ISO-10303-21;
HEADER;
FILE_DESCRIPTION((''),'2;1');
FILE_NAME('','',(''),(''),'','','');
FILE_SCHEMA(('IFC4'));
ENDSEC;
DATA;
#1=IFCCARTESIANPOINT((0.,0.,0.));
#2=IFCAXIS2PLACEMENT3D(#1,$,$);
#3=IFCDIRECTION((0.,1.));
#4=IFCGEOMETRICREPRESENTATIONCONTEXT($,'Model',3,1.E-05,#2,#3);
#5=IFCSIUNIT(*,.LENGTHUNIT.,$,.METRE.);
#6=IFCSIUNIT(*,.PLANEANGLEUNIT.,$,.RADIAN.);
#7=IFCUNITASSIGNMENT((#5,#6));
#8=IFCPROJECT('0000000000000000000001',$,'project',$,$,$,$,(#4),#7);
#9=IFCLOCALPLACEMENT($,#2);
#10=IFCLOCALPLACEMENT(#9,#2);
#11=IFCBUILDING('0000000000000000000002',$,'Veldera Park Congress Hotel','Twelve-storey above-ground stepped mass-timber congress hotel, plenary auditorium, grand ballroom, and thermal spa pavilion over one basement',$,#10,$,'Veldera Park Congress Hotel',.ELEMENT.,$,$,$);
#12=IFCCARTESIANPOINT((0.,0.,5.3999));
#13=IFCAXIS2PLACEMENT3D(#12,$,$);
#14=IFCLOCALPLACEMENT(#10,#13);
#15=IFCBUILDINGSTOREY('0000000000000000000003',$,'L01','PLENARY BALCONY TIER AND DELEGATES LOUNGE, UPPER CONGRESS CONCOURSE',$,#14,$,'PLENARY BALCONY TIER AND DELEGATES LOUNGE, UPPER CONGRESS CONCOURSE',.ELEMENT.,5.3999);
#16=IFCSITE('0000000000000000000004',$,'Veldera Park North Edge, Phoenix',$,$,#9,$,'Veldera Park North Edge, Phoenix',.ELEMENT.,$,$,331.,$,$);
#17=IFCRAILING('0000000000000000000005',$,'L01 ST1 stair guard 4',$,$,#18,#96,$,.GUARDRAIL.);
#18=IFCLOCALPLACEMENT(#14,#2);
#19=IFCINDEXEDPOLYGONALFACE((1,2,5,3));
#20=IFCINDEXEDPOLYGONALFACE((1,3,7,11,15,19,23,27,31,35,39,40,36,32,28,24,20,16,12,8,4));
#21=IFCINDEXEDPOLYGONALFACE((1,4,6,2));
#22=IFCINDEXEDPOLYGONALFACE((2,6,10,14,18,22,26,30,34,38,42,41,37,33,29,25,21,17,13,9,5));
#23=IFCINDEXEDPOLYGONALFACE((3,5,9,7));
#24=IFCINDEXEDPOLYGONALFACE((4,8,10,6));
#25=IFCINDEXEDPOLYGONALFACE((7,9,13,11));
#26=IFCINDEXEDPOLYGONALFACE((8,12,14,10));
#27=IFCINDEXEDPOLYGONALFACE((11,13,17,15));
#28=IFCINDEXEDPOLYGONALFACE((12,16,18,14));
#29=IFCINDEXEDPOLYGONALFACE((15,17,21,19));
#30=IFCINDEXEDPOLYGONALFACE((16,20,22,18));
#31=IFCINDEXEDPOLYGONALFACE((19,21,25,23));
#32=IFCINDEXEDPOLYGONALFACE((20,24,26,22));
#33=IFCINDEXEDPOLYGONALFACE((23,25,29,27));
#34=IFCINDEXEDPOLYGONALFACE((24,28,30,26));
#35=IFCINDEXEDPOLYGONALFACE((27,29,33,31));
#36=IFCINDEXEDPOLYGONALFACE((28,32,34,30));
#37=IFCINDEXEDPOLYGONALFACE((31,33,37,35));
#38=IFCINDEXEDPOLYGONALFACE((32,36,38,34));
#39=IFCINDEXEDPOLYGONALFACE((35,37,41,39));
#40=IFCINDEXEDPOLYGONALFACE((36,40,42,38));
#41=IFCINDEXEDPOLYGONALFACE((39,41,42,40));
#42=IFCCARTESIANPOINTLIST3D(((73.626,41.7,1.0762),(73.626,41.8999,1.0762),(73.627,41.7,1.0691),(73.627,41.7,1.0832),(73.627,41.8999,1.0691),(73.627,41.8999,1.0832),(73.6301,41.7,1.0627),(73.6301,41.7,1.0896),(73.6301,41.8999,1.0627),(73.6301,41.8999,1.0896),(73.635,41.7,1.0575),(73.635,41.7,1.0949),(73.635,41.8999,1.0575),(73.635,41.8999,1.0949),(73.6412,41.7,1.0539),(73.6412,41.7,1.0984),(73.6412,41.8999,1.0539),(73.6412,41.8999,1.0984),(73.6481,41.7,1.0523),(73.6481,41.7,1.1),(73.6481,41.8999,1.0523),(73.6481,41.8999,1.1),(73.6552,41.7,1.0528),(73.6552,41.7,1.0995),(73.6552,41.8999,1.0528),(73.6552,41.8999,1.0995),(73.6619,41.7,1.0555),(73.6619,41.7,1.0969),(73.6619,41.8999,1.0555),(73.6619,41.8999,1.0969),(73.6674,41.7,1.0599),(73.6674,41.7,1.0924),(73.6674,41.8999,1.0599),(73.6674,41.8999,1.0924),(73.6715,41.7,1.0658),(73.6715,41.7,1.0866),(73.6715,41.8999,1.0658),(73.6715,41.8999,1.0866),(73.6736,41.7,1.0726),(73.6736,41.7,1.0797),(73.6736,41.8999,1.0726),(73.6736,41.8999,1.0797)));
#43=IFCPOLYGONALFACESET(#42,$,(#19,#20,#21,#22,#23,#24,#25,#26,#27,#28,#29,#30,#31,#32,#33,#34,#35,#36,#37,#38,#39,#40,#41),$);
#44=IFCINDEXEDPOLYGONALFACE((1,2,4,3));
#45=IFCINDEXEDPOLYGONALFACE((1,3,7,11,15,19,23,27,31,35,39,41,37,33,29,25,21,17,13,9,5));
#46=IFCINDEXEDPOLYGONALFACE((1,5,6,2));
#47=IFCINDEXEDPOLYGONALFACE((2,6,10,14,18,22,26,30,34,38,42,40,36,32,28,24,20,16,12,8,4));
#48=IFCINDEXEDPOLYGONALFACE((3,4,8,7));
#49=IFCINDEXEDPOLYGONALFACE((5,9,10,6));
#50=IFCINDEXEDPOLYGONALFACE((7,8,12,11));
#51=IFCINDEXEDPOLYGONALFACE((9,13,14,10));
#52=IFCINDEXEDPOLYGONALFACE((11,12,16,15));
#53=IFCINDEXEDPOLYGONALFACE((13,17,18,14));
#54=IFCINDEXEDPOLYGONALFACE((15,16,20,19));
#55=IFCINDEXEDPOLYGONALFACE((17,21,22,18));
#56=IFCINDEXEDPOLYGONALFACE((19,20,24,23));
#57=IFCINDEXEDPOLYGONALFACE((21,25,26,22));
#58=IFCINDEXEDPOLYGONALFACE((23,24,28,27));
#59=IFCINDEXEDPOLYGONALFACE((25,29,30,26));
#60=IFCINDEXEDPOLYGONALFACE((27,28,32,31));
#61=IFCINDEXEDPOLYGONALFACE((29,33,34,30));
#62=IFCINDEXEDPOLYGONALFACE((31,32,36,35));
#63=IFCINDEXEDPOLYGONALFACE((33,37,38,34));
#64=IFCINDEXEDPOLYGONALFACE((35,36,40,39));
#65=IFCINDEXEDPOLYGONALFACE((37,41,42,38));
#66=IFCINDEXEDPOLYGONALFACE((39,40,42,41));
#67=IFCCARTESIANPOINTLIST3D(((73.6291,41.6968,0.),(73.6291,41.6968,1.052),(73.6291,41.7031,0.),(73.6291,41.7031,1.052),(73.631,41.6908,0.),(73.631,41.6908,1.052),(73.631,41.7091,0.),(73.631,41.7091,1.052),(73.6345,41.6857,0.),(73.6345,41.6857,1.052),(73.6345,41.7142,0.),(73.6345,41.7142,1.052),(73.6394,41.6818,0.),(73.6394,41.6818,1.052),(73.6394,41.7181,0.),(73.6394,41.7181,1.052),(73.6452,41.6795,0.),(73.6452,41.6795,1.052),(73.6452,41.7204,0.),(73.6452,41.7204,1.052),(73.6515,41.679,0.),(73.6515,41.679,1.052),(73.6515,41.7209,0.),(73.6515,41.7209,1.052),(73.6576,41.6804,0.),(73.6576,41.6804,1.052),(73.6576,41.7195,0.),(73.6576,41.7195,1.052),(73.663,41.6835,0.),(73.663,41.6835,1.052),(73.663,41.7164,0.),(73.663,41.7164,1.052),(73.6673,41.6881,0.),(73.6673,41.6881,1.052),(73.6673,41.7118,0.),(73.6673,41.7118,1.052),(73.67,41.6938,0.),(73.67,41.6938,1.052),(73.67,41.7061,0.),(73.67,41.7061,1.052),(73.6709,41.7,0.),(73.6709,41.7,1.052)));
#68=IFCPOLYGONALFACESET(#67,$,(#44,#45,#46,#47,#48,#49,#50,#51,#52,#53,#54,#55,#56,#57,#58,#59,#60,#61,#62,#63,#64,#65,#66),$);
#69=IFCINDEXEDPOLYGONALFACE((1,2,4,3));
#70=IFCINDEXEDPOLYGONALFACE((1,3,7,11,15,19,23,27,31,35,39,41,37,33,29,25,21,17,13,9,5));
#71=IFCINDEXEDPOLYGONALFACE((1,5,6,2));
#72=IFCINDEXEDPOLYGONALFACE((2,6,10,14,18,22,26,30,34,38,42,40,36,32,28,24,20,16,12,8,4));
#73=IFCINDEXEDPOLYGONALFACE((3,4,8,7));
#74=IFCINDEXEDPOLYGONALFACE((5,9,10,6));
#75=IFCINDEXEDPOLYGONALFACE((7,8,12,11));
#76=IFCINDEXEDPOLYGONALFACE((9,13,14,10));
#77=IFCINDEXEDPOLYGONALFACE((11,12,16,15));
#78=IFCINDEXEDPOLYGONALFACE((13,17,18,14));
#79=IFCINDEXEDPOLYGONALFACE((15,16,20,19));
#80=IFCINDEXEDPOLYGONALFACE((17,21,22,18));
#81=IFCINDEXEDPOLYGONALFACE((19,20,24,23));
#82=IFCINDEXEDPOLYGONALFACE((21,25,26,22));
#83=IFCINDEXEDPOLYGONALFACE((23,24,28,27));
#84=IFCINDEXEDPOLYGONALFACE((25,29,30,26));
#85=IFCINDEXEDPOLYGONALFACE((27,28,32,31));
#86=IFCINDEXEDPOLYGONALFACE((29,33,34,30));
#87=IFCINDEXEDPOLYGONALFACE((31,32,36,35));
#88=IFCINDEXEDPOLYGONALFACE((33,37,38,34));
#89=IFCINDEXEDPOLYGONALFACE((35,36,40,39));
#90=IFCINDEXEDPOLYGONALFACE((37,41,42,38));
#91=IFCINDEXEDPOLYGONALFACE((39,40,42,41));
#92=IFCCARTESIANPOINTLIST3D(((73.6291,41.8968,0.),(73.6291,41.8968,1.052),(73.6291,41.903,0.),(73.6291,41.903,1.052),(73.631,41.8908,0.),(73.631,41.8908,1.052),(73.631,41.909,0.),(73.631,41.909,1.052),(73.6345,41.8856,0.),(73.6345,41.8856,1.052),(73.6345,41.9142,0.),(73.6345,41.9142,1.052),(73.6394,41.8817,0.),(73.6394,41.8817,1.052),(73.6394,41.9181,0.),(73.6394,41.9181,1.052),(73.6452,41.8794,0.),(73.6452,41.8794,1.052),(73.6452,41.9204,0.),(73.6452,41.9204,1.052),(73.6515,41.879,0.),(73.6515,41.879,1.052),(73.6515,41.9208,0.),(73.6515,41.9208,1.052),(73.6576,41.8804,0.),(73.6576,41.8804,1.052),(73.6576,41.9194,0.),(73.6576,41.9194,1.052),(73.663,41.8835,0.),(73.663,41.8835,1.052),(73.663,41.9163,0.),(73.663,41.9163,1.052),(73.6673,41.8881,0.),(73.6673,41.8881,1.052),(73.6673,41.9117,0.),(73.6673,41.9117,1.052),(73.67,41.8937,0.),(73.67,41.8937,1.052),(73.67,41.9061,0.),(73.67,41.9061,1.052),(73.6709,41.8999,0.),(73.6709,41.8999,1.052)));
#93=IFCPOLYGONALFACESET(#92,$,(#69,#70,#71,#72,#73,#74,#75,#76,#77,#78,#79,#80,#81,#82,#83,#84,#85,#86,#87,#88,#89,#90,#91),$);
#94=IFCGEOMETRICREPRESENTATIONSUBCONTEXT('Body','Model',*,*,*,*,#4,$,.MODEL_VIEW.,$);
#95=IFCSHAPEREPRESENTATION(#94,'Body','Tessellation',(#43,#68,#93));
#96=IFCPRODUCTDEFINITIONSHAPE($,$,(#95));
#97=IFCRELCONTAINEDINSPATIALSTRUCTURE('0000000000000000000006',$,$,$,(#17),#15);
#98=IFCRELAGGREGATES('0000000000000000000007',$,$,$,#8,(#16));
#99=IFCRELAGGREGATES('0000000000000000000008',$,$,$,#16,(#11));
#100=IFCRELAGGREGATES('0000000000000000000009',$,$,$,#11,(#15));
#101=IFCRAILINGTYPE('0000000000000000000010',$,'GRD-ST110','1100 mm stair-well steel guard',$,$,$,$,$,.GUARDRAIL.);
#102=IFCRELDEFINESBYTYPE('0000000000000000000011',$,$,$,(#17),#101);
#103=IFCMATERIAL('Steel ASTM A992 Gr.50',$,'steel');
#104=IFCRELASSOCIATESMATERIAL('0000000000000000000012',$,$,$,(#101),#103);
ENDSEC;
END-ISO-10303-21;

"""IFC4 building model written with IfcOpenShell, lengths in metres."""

from ifc_helpers import new_model, si_unit, direction, frame, origin, origin_2d, place, context, subcontext, project, spatial, circle, extrude, material, type_object, element, save


model = new_model("IFC4")

# Units and contexts
model_context = context("Model", 3, precision=1e-05, world=origin(), true_north=direction((0.0, 1.0)))
body_context = subcontext(model_context, "Body", "Model", "MODEL_VIEW")
ifc_project = project(units=[si_unit("LENGTHUNIT", "METRE"), si_unit("PLANEANGLEUNIT", "RADIAN")], contexts=[model_context])

# Site, building, storey
site_placement = place(None, origin())
site = spatial("IfcSite", under=ifc_project, at=site_placement, Name="Veldera Park North Edge, Phoenix", LongName="Veldera Park North Edge, Phoenix", CompositionType="ELEMENT", RefElevation=331.0)
building_placement = place(site_placement, origin())
building = spatial("IfcBuilding", under=site, at=building_placement, Name="Veldera Park Congress Hotel", Description="Twelve-storey above-ground stepped mass-timber congress hotel, plenary auditorium, grand ballroom, and thermal spa pavilion over one basement", LongName="Veldera Park Congress Hotel", CompositionType="ELEMENT")
storey_placement = place(building_placement, frame((0.0, 0.0, 5.3999)))
storey = spatial("IfcBuildingStorey", under=building, at=storey_placement, Name="L01", Description="PLENARY BALCONY TIER AND DELEGATES LOUNGE, UPPER CONGRESS CONCOURSE", LongName="PLENARY BALCONY TIER AND DELEGATES LOUNGE, UPPER CONGRESS CONCOURSE", CompositionType="ELEMENT", Elevation=5.3999)

# Railing
ifc_material_1 = material(Name="Steel ASTM A992 Gr.50", Category="steel")
railing_type_1 = type_object("IfcRailingType", Name="GRD-ST110", Description="1100 mm stair-well steel guard", PredefinedType="GUARDRAIL", material=ifc_material_1)
railing_1_placement = place(storey_placement, frame((73.6499, 41.7, 0.0)))
element("IfcRailing", 1, at=railing_1_placement, inside=storey, type_object=railing_type_1, Name="L01 ST1 stair guard 4", PredefinedType="GUARDRAIL", context=body_context, shape_type="SweptSolid", body=[
    extrude(circle(Radius=0.0239, at=origin_2d()), frame((0.0, 0.0, 1.0762), z_axis=(0.0, 1.0, 0.0), x_axis=(-1.0, 0.0, 0.0)), (0.0, 0.0, 1.0), 0.2),
    extrude(circle(Radius=0.021, at=origin_2d()), origin(), (0.0, 0.0, 1.0), 1.052),
    extrude(circle(Radius=0.021, at=origin_2d()), frame((0.0, 0.2, 0.0)), (0.0, 0.0, 1.0), 1.052),
])

save(model, "model.ifc")
